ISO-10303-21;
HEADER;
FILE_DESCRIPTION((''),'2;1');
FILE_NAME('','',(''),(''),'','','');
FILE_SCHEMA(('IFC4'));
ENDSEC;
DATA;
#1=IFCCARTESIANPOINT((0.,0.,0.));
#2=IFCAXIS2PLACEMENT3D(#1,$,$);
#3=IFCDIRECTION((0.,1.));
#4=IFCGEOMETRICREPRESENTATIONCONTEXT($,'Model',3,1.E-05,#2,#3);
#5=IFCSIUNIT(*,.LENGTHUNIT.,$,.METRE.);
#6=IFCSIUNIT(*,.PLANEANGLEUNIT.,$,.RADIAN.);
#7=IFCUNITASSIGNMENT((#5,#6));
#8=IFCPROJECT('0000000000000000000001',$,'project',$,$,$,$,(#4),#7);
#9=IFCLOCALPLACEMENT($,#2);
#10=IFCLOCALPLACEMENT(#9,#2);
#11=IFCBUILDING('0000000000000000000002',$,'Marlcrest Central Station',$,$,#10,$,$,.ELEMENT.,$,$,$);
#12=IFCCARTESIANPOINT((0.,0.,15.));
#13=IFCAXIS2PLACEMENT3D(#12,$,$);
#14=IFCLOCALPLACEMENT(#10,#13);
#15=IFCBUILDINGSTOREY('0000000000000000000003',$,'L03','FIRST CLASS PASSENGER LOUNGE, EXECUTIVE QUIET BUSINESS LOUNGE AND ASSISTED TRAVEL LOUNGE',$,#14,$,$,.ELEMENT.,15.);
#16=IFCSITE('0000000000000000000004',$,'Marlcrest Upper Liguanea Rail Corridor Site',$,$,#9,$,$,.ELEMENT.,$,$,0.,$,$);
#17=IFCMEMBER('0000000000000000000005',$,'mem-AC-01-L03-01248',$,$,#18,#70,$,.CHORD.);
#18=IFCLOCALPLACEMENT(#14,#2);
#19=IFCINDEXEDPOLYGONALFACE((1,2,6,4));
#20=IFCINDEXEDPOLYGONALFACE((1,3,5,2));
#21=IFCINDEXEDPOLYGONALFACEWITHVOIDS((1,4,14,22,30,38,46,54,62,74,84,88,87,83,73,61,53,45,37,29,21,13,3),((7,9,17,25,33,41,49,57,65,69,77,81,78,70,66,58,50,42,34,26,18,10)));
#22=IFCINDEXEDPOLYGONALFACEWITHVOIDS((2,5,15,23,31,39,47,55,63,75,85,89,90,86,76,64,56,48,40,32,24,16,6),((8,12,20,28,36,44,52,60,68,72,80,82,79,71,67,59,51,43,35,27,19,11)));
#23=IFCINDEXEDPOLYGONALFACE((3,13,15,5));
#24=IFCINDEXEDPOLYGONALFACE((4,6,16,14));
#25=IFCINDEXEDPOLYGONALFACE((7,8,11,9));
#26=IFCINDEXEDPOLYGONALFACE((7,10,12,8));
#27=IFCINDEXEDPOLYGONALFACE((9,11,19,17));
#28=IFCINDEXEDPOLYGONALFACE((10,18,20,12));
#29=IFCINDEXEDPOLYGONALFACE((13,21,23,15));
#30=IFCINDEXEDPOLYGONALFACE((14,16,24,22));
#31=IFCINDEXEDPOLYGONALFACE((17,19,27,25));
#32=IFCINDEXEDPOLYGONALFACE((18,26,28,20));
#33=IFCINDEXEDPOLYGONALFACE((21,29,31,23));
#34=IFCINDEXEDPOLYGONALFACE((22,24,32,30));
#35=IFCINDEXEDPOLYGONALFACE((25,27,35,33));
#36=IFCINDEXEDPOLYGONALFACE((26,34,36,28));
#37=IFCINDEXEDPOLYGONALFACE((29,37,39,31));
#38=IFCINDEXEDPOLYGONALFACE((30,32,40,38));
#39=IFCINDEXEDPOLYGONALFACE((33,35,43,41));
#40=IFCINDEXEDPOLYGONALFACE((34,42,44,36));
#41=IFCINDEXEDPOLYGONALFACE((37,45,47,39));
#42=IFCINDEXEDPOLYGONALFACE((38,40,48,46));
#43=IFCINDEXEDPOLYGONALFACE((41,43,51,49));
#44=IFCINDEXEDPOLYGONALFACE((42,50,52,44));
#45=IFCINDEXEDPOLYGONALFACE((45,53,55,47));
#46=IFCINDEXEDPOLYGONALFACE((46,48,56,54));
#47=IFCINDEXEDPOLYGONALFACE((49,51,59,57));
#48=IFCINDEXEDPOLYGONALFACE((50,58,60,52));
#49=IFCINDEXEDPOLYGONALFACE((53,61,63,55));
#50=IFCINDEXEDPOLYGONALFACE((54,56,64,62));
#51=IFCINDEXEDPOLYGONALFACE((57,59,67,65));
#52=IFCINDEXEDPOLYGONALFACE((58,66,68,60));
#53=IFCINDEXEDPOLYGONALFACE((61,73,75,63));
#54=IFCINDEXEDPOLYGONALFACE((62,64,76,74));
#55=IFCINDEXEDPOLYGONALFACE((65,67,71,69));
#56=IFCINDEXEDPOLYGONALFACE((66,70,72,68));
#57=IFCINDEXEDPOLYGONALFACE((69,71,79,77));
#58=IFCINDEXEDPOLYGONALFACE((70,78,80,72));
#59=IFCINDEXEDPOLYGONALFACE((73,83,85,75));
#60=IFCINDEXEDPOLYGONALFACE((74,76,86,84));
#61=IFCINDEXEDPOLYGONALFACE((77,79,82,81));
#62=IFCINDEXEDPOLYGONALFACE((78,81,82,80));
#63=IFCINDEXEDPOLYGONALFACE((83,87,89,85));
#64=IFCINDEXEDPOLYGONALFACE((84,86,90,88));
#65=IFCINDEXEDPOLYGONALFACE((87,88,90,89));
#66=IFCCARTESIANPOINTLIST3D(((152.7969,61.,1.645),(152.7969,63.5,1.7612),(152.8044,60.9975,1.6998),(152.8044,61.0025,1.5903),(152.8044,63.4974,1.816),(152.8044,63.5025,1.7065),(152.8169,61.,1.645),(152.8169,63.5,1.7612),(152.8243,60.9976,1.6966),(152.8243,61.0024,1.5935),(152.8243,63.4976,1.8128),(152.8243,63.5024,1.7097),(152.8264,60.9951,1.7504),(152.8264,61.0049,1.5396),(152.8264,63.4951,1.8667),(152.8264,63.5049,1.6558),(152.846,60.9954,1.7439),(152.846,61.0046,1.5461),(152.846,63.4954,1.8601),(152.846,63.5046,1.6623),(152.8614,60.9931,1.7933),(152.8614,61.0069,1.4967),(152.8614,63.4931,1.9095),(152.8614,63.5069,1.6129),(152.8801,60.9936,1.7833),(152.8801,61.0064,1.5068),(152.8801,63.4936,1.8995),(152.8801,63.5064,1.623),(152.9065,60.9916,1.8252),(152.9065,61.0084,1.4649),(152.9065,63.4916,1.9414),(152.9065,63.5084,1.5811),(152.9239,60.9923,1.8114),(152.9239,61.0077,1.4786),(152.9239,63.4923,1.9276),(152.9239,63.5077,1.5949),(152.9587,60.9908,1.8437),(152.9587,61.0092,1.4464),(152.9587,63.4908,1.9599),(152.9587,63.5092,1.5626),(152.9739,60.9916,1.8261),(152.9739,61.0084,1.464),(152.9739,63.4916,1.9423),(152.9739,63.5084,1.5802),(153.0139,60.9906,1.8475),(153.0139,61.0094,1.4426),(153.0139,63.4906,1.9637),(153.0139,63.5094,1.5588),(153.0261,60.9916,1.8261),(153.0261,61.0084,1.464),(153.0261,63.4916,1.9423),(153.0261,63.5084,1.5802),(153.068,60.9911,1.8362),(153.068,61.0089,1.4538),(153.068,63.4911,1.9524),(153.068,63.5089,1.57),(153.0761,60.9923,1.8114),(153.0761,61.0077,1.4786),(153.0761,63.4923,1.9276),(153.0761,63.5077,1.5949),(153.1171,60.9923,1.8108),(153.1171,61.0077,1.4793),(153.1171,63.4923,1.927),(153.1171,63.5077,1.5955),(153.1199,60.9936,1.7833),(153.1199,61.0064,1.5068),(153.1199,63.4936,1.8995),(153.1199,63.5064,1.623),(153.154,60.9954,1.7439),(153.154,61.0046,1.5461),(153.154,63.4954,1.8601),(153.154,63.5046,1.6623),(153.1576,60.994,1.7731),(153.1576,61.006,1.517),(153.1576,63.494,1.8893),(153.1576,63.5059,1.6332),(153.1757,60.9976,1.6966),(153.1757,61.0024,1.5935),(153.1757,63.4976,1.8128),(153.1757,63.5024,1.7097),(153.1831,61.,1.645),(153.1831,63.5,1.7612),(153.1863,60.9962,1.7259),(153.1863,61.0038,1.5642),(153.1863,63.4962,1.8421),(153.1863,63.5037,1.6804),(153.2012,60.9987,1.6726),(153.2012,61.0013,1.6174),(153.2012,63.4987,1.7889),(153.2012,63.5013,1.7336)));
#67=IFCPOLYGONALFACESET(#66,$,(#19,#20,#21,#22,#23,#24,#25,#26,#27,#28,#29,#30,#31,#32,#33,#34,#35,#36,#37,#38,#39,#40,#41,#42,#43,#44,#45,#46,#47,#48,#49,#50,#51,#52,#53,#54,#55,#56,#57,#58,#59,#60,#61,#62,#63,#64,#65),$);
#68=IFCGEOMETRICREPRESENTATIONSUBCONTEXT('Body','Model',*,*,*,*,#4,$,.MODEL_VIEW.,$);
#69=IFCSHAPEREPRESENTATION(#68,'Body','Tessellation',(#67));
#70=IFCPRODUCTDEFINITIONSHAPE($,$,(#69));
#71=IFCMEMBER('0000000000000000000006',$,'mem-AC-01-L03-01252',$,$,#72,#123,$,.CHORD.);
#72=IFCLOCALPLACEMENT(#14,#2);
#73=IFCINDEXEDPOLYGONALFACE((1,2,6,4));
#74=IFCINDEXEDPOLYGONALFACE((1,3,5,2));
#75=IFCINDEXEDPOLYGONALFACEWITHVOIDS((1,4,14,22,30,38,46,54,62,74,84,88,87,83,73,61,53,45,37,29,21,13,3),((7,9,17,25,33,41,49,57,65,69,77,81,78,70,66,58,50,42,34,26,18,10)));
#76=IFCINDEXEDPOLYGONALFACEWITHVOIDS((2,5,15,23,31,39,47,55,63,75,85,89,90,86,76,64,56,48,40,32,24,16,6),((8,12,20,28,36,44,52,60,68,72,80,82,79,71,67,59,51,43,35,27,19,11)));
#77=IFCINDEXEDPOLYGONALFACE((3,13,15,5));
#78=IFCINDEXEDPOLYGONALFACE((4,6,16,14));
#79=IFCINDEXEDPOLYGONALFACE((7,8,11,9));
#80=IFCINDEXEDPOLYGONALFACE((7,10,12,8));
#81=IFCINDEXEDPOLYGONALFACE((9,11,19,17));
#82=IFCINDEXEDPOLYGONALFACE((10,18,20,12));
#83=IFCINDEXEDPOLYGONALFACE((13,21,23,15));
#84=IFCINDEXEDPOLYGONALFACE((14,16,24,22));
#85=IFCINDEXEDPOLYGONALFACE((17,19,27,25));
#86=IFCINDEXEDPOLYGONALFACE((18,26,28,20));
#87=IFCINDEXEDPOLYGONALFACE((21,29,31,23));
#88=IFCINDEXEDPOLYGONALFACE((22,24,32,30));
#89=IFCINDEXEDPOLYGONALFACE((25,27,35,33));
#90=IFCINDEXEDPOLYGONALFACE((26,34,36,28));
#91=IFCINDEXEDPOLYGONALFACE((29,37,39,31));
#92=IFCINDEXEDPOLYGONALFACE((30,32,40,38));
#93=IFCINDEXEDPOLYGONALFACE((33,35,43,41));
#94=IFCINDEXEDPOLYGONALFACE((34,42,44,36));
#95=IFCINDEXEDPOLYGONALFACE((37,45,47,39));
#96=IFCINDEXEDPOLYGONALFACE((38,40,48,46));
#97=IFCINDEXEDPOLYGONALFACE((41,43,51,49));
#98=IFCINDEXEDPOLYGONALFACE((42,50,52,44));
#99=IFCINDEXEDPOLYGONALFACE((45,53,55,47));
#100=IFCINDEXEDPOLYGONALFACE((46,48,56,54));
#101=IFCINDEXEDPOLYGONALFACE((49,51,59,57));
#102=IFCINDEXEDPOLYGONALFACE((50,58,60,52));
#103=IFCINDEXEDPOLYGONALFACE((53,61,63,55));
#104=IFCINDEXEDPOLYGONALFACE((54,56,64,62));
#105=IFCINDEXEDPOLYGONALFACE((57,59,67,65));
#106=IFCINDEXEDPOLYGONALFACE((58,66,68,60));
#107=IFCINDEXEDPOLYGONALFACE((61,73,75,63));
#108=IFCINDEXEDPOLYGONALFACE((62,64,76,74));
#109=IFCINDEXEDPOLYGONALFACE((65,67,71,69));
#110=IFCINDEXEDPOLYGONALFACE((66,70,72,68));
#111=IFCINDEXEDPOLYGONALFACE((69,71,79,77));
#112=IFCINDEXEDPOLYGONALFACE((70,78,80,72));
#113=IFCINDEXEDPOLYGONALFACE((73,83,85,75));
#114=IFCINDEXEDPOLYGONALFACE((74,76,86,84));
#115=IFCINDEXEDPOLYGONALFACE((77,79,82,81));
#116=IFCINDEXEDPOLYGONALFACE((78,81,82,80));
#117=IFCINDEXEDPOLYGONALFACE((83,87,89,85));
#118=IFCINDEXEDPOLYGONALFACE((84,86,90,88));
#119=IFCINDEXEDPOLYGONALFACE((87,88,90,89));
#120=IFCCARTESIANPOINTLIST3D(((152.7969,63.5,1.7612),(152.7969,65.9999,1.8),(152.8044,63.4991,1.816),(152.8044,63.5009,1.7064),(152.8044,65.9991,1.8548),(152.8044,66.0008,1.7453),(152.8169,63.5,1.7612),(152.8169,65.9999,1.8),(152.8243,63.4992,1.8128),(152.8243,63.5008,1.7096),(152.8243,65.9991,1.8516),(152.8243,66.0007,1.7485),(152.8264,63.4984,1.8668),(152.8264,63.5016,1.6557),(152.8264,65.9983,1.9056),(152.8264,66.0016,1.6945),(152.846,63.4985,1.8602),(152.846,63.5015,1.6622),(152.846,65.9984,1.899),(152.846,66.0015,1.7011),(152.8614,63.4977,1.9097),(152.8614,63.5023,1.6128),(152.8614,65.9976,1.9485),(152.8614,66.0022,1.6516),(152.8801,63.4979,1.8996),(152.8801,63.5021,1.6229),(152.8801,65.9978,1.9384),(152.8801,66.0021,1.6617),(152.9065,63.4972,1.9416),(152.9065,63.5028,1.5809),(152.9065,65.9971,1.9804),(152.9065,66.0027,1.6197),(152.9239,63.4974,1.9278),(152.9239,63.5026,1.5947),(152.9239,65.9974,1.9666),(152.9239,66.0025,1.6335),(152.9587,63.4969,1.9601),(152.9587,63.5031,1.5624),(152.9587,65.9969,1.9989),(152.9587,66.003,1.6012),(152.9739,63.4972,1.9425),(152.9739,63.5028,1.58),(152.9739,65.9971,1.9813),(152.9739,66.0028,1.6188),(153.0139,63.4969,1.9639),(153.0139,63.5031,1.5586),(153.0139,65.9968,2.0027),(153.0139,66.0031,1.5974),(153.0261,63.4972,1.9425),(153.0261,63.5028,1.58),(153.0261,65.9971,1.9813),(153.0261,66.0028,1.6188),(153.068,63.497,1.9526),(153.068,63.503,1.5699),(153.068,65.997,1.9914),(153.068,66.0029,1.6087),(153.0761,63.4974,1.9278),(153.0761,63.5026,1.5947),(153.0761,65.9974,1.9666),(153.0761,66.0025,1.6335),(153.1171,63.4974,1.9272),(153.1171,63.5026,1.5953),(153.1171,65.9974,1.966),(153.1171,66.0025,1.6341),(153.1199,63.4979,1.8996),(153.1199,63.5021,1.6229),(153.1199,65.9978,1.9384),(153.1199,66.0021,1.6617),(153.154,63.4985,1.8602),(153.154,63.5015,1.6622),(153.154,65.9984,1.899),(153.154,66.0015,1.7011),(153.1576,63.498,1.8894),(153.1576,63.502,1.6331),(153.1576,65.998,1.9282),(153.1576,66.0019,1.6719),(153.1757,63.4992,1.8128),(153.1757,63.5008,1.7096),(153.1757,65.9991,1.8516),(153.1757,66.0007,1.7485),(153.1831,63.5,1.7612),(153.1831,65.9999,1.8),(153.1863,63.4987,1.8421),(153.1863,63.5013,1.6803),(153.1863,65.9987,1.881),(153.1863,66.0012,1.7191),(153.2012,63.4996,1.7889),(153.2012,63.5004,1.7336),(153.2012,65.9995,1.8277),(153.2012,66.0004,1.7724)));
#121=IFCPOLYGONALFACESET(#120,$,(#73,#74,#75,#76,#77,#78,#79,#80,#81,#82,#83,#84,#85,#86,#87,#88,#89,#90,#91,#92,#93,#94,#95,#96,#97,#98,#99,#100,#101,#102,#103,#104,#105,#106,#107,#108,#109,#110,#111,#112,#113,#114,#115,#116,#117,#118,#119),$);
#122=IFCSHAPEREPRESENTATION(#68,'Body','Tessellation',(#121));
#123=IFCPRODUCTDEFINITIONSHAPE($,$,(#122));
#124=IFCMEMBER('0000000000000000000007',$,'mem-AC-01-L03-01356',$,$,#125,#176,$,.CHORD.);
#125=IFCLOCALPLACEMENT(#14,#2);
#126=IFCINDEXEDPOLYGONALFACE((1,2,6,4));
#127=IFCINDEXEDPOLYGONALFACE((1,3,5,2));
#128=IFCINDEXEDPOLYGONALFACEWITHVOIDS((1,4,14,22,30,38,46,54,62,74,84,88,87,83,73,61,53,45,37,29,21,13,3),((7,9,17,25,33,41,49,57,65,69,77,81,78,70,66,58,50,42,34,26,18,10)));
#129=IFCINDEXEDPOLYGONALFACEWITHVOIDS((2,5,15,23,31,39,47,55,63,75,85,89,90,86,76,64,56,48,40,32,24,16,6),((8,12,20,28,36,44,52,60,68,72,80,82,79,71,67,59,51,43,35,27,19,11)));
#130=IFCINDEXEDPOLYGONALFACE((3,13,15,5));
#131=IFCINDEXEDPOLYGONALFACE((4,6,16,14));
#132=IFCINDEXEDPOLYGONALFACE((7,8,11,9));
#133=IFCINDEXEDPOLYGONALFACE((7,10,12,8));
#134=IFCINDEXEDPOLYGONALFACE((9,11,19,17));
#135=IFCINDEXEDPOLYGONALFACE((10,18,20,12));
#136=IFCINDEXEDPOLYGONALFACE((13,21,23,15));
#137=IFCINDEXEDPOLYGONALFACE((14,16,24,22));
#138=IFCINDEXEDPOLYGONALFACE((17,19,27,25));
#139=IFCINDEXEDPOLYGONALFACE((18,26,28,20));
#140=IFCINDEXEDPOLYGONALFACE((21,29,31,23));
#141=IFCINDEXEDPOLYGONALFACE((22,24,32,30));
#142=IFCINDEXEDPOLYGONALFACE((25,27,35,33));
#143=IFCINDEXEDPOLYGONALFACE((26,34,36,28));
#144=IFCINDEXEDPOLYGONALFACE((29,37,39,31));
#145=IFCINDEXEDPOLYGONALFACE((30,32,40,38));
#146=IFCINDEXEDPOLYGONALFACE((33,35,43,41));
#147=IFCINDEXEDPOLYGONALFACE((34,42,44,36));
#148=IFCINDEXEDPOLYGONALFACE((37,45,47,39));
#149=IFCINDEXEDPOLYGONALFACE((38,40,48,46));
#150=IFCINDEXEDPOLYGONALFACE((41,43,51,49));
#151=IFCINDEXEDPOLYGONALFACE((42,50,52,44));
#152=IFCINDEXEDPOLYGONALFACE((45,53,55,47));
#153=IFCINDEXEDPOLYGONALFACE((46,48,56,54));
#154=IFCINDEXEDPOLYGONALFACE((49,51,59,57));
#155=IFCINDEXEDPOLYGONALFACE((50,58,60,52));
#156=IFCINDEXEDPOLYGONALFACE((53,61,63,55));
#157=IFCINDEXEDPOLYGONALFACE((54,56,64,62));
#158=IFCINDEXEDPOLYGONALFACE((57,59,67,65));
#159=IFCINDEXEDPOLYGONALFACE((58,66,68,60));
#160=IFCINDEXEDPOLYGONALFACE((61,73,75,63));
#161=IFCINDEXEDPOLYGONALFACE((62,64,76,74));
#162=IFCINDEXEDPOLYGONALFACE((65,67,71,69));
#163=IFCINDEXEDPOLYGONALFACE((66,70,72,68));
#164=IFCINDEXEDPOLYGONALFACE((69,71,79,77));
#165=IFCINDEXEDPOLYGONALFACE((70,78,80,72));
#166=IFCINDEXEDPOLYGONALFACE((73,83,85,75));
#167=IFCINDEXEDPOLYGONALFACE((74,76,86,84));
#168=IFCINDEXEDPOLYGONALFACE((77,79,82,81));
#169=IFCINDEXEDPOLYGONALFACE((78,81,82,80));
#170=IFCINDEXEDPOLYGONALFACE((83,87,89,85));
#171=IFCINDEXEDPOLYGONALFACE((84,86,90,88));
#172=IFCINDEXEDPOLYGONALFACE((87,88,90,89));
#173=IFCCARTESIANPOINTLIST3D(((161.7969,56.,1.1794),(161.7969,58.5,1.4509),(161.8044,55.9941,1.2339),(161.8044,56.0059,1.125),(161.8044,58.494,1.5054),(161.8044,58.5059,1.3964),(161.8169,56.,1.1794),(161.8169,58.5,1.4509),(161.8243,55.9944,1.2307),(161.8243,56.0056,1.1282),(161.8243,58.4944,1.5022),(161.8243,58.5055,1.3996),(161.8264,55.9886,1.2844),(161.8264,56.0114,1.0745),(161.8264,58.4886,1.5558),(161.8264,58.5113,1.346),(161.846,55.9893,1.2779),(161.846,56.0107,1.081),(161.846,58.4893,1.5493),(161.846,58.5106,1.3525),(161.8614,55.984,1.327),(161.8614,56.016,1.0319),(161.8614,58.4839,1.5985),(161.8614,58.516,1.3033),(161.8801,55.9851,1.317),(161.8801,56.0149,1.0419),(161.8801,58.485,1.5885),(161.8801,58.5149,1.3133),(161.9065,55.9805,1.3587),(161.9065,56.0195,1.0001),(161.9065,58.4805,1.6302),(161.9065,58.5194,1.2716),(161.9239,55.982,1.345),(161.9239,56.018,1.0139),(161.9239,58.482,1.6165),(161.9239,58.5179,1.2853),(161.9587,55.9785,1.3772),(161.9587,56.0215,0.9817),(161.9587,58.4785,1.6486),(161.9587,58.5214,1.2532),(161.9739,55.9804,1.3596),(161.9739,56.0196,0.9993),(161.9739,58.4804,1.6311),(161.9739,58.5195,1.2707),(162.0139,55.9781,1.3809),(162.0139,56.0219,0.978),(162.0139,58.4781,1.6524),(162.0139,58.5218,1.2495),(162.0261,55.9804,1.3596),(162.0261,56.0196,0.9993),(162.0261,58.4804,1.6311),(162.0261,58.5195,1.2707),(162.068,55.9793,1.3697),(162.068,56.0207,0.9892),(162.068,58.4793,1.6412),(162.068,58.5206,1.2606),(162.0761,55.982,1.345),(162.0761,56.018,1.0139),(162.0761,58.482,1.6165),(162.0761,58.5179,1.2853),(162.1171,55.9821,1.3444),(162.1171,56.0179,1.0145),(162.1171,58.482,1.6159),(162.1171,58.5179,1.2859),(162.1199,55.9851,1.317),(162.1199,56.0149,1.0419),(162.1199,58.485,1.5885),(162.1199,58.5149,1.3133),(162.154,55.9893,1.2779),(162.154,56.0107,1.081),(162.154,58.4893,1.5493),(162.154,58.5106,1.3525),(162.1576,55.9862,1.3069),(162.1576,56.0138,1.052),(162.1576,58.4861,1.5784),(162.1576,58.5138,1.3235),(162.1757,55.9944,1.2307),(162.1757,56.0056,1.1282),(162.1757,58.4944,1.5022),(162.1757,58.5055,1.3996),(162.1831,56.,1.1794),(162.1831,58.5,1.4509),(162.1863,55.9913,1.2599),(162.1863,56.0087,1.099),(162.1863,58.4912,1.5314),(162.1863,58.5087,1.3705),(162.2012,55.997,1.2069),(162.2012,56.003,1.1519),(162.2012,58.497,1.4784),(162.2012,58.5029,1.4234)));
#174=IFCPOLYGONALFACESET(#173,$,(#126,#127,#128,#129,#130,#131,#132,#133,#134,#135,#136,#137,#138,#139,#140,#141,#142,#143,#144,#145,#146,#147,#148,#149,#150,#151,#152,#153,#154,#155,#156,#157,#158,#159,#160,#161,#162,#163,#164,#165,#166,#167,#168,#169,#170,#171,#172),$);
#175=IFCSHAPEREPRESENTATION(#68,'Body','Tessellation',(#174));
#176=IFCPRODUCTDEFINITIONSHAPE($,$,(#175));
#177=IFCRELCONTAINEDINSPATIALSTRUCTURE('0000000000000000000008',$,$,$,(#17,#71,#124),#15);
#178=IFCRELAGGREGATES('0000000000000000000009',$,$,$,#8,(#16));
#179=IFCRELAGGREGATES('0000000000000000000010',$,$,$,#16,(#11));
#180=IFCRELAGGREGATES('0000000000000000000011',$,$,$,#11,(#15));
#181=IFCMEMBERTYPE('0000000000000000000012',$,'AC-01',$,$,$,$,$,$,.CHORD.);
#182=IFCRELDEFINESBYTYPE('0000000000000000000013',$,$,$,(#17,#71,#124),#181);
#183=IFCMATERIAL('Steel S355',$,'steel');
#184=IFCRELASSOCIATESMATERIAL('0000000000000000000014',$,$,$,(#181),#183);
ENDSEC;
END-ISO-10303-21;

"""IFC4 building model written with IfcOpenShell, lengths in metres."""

from ifc_helpers import new_model, si_unit, direction, frame, origin, origin_2d, place, context, subcontext, project, spatial, hollow_circle, extrude, material, material_profile, profile_set, type_object, element, save


model = new_model("IFC4")

# Units and contexts
model_context = context("Model", 3, precision=1e-05, world=origin(), true_north=direction((0.0, 1.0)))
body_context = subcontext(model_context, "Body", "Model", "MODEL_VIEW")
ifc_project = project(units=[si_unit("LENGTHUNIT", "METRE"), si_unit("PLANEANGLEUNIT", "RADIAN")], contexts=[model_context])

# Site, building, storey
site_placement = place(None, origin())
site = spatial("IfcSite", under=ifc_project, at=site_placement, Name="Marlcrest Upper Liguanea Rail Corridor Site", CompositionType="ELEMENT", RefElevation=0.0)
building_placement = place(site_placement, origin())
building = spatial("IfcBuilding", under=site, at=building_placement, Name="Marlcrest Central Station", CompositionType="ELEMENT")
storey_placement = place(building_placement, frame((0.0, 0.0, 15.0)))
storey = spatial("IfcBuildingStorey", under=building, at=storey_placement, Name="L03", Description="FIRST CLASS PASSENGER LOUNGE, EXECUTIVE QUIET BUSINESS LOUNGE AND ASSISTED TRAVEL LOUNGE", CompositionType="ELEMENT", Elevation=15.0)

# Members
ifc_material_1 = material(Name="Steel S355", Category="steel")
ifc_material_profile_1 = material_profile(ifc_material_1, hollow_circle(Radius=0.2031, WallThickness=0.02, at=origin_2d()), Name="CHS 406.4x20")
ifc_profile_set_1 = profile_set([ifc_material_profile_1], Name="Steel S355")
member_type_1 = type_object("IfcMemberType", Name="AC-01", PredefinedType="CHORD", material=ifc_profile_set_1)
member_1_placement = place(storey_placement, frame((153.0, 61.0, 1.645), z_axis=(0.0, 0.998921, 0.046434), x_axis=(-1.0, 0.0, 0.0)))
element("IfcMember", 1, at=member_1_placement, inside=storey, type_object=member_type_1, Name="mem-AC-01-L03-01248", PredefinedType="CHORD", context=body_context, shape_type="SweptSolid", body=[
    extrude(hollow_circle(Radius=0.2031, WallThickness=0.02, at=origin_2d()), origin(), (0.0, 0.0, 1.0), 2.5027),
])
member_2_placement = place(storey_placement, frame((153.0, 63.5, 1.7612), z_axis=(0.0, 0.999879, 0.015525), x_axis=(-1.0, 0.0, 0.0)))
element("IfcMember", 2, at=member_2_placement, inside=storey, type_object=member_type_1, Name="mem-AC-01-L03-01252", PredefinedType="CHORD", context=body_context, shape_type="SweptSolid", body=[
    extrude(hollow_circle(Radius=0.2031, WallThickness=0.02, at=origin_2d()), origin(), (0.0, 0.0, 1.0), 2.5002),
])
member_3_placement = place(storey_placement, frame((162.0, 56.0, 1.1794), z_axis=(0.0, 0.994155, 0.107959), x_axis=(-1.0, 0.0, 0.0)))
element("IfcMember", 3, at=member_3_placement, inside=storey, type_object=member_type_1, Name="mem-AC-01-L03-01356", PredefinedType="CHORD", context=body_context, shape_type="SweptSolid", body=[
    extrude(hollow_circle(Radius=0.2031, WallThickness=0.02, at=origin_2d()), origin(), (0.0, 0.0, 1.0), 2.5146),
])

save(model, "model.ifc")
